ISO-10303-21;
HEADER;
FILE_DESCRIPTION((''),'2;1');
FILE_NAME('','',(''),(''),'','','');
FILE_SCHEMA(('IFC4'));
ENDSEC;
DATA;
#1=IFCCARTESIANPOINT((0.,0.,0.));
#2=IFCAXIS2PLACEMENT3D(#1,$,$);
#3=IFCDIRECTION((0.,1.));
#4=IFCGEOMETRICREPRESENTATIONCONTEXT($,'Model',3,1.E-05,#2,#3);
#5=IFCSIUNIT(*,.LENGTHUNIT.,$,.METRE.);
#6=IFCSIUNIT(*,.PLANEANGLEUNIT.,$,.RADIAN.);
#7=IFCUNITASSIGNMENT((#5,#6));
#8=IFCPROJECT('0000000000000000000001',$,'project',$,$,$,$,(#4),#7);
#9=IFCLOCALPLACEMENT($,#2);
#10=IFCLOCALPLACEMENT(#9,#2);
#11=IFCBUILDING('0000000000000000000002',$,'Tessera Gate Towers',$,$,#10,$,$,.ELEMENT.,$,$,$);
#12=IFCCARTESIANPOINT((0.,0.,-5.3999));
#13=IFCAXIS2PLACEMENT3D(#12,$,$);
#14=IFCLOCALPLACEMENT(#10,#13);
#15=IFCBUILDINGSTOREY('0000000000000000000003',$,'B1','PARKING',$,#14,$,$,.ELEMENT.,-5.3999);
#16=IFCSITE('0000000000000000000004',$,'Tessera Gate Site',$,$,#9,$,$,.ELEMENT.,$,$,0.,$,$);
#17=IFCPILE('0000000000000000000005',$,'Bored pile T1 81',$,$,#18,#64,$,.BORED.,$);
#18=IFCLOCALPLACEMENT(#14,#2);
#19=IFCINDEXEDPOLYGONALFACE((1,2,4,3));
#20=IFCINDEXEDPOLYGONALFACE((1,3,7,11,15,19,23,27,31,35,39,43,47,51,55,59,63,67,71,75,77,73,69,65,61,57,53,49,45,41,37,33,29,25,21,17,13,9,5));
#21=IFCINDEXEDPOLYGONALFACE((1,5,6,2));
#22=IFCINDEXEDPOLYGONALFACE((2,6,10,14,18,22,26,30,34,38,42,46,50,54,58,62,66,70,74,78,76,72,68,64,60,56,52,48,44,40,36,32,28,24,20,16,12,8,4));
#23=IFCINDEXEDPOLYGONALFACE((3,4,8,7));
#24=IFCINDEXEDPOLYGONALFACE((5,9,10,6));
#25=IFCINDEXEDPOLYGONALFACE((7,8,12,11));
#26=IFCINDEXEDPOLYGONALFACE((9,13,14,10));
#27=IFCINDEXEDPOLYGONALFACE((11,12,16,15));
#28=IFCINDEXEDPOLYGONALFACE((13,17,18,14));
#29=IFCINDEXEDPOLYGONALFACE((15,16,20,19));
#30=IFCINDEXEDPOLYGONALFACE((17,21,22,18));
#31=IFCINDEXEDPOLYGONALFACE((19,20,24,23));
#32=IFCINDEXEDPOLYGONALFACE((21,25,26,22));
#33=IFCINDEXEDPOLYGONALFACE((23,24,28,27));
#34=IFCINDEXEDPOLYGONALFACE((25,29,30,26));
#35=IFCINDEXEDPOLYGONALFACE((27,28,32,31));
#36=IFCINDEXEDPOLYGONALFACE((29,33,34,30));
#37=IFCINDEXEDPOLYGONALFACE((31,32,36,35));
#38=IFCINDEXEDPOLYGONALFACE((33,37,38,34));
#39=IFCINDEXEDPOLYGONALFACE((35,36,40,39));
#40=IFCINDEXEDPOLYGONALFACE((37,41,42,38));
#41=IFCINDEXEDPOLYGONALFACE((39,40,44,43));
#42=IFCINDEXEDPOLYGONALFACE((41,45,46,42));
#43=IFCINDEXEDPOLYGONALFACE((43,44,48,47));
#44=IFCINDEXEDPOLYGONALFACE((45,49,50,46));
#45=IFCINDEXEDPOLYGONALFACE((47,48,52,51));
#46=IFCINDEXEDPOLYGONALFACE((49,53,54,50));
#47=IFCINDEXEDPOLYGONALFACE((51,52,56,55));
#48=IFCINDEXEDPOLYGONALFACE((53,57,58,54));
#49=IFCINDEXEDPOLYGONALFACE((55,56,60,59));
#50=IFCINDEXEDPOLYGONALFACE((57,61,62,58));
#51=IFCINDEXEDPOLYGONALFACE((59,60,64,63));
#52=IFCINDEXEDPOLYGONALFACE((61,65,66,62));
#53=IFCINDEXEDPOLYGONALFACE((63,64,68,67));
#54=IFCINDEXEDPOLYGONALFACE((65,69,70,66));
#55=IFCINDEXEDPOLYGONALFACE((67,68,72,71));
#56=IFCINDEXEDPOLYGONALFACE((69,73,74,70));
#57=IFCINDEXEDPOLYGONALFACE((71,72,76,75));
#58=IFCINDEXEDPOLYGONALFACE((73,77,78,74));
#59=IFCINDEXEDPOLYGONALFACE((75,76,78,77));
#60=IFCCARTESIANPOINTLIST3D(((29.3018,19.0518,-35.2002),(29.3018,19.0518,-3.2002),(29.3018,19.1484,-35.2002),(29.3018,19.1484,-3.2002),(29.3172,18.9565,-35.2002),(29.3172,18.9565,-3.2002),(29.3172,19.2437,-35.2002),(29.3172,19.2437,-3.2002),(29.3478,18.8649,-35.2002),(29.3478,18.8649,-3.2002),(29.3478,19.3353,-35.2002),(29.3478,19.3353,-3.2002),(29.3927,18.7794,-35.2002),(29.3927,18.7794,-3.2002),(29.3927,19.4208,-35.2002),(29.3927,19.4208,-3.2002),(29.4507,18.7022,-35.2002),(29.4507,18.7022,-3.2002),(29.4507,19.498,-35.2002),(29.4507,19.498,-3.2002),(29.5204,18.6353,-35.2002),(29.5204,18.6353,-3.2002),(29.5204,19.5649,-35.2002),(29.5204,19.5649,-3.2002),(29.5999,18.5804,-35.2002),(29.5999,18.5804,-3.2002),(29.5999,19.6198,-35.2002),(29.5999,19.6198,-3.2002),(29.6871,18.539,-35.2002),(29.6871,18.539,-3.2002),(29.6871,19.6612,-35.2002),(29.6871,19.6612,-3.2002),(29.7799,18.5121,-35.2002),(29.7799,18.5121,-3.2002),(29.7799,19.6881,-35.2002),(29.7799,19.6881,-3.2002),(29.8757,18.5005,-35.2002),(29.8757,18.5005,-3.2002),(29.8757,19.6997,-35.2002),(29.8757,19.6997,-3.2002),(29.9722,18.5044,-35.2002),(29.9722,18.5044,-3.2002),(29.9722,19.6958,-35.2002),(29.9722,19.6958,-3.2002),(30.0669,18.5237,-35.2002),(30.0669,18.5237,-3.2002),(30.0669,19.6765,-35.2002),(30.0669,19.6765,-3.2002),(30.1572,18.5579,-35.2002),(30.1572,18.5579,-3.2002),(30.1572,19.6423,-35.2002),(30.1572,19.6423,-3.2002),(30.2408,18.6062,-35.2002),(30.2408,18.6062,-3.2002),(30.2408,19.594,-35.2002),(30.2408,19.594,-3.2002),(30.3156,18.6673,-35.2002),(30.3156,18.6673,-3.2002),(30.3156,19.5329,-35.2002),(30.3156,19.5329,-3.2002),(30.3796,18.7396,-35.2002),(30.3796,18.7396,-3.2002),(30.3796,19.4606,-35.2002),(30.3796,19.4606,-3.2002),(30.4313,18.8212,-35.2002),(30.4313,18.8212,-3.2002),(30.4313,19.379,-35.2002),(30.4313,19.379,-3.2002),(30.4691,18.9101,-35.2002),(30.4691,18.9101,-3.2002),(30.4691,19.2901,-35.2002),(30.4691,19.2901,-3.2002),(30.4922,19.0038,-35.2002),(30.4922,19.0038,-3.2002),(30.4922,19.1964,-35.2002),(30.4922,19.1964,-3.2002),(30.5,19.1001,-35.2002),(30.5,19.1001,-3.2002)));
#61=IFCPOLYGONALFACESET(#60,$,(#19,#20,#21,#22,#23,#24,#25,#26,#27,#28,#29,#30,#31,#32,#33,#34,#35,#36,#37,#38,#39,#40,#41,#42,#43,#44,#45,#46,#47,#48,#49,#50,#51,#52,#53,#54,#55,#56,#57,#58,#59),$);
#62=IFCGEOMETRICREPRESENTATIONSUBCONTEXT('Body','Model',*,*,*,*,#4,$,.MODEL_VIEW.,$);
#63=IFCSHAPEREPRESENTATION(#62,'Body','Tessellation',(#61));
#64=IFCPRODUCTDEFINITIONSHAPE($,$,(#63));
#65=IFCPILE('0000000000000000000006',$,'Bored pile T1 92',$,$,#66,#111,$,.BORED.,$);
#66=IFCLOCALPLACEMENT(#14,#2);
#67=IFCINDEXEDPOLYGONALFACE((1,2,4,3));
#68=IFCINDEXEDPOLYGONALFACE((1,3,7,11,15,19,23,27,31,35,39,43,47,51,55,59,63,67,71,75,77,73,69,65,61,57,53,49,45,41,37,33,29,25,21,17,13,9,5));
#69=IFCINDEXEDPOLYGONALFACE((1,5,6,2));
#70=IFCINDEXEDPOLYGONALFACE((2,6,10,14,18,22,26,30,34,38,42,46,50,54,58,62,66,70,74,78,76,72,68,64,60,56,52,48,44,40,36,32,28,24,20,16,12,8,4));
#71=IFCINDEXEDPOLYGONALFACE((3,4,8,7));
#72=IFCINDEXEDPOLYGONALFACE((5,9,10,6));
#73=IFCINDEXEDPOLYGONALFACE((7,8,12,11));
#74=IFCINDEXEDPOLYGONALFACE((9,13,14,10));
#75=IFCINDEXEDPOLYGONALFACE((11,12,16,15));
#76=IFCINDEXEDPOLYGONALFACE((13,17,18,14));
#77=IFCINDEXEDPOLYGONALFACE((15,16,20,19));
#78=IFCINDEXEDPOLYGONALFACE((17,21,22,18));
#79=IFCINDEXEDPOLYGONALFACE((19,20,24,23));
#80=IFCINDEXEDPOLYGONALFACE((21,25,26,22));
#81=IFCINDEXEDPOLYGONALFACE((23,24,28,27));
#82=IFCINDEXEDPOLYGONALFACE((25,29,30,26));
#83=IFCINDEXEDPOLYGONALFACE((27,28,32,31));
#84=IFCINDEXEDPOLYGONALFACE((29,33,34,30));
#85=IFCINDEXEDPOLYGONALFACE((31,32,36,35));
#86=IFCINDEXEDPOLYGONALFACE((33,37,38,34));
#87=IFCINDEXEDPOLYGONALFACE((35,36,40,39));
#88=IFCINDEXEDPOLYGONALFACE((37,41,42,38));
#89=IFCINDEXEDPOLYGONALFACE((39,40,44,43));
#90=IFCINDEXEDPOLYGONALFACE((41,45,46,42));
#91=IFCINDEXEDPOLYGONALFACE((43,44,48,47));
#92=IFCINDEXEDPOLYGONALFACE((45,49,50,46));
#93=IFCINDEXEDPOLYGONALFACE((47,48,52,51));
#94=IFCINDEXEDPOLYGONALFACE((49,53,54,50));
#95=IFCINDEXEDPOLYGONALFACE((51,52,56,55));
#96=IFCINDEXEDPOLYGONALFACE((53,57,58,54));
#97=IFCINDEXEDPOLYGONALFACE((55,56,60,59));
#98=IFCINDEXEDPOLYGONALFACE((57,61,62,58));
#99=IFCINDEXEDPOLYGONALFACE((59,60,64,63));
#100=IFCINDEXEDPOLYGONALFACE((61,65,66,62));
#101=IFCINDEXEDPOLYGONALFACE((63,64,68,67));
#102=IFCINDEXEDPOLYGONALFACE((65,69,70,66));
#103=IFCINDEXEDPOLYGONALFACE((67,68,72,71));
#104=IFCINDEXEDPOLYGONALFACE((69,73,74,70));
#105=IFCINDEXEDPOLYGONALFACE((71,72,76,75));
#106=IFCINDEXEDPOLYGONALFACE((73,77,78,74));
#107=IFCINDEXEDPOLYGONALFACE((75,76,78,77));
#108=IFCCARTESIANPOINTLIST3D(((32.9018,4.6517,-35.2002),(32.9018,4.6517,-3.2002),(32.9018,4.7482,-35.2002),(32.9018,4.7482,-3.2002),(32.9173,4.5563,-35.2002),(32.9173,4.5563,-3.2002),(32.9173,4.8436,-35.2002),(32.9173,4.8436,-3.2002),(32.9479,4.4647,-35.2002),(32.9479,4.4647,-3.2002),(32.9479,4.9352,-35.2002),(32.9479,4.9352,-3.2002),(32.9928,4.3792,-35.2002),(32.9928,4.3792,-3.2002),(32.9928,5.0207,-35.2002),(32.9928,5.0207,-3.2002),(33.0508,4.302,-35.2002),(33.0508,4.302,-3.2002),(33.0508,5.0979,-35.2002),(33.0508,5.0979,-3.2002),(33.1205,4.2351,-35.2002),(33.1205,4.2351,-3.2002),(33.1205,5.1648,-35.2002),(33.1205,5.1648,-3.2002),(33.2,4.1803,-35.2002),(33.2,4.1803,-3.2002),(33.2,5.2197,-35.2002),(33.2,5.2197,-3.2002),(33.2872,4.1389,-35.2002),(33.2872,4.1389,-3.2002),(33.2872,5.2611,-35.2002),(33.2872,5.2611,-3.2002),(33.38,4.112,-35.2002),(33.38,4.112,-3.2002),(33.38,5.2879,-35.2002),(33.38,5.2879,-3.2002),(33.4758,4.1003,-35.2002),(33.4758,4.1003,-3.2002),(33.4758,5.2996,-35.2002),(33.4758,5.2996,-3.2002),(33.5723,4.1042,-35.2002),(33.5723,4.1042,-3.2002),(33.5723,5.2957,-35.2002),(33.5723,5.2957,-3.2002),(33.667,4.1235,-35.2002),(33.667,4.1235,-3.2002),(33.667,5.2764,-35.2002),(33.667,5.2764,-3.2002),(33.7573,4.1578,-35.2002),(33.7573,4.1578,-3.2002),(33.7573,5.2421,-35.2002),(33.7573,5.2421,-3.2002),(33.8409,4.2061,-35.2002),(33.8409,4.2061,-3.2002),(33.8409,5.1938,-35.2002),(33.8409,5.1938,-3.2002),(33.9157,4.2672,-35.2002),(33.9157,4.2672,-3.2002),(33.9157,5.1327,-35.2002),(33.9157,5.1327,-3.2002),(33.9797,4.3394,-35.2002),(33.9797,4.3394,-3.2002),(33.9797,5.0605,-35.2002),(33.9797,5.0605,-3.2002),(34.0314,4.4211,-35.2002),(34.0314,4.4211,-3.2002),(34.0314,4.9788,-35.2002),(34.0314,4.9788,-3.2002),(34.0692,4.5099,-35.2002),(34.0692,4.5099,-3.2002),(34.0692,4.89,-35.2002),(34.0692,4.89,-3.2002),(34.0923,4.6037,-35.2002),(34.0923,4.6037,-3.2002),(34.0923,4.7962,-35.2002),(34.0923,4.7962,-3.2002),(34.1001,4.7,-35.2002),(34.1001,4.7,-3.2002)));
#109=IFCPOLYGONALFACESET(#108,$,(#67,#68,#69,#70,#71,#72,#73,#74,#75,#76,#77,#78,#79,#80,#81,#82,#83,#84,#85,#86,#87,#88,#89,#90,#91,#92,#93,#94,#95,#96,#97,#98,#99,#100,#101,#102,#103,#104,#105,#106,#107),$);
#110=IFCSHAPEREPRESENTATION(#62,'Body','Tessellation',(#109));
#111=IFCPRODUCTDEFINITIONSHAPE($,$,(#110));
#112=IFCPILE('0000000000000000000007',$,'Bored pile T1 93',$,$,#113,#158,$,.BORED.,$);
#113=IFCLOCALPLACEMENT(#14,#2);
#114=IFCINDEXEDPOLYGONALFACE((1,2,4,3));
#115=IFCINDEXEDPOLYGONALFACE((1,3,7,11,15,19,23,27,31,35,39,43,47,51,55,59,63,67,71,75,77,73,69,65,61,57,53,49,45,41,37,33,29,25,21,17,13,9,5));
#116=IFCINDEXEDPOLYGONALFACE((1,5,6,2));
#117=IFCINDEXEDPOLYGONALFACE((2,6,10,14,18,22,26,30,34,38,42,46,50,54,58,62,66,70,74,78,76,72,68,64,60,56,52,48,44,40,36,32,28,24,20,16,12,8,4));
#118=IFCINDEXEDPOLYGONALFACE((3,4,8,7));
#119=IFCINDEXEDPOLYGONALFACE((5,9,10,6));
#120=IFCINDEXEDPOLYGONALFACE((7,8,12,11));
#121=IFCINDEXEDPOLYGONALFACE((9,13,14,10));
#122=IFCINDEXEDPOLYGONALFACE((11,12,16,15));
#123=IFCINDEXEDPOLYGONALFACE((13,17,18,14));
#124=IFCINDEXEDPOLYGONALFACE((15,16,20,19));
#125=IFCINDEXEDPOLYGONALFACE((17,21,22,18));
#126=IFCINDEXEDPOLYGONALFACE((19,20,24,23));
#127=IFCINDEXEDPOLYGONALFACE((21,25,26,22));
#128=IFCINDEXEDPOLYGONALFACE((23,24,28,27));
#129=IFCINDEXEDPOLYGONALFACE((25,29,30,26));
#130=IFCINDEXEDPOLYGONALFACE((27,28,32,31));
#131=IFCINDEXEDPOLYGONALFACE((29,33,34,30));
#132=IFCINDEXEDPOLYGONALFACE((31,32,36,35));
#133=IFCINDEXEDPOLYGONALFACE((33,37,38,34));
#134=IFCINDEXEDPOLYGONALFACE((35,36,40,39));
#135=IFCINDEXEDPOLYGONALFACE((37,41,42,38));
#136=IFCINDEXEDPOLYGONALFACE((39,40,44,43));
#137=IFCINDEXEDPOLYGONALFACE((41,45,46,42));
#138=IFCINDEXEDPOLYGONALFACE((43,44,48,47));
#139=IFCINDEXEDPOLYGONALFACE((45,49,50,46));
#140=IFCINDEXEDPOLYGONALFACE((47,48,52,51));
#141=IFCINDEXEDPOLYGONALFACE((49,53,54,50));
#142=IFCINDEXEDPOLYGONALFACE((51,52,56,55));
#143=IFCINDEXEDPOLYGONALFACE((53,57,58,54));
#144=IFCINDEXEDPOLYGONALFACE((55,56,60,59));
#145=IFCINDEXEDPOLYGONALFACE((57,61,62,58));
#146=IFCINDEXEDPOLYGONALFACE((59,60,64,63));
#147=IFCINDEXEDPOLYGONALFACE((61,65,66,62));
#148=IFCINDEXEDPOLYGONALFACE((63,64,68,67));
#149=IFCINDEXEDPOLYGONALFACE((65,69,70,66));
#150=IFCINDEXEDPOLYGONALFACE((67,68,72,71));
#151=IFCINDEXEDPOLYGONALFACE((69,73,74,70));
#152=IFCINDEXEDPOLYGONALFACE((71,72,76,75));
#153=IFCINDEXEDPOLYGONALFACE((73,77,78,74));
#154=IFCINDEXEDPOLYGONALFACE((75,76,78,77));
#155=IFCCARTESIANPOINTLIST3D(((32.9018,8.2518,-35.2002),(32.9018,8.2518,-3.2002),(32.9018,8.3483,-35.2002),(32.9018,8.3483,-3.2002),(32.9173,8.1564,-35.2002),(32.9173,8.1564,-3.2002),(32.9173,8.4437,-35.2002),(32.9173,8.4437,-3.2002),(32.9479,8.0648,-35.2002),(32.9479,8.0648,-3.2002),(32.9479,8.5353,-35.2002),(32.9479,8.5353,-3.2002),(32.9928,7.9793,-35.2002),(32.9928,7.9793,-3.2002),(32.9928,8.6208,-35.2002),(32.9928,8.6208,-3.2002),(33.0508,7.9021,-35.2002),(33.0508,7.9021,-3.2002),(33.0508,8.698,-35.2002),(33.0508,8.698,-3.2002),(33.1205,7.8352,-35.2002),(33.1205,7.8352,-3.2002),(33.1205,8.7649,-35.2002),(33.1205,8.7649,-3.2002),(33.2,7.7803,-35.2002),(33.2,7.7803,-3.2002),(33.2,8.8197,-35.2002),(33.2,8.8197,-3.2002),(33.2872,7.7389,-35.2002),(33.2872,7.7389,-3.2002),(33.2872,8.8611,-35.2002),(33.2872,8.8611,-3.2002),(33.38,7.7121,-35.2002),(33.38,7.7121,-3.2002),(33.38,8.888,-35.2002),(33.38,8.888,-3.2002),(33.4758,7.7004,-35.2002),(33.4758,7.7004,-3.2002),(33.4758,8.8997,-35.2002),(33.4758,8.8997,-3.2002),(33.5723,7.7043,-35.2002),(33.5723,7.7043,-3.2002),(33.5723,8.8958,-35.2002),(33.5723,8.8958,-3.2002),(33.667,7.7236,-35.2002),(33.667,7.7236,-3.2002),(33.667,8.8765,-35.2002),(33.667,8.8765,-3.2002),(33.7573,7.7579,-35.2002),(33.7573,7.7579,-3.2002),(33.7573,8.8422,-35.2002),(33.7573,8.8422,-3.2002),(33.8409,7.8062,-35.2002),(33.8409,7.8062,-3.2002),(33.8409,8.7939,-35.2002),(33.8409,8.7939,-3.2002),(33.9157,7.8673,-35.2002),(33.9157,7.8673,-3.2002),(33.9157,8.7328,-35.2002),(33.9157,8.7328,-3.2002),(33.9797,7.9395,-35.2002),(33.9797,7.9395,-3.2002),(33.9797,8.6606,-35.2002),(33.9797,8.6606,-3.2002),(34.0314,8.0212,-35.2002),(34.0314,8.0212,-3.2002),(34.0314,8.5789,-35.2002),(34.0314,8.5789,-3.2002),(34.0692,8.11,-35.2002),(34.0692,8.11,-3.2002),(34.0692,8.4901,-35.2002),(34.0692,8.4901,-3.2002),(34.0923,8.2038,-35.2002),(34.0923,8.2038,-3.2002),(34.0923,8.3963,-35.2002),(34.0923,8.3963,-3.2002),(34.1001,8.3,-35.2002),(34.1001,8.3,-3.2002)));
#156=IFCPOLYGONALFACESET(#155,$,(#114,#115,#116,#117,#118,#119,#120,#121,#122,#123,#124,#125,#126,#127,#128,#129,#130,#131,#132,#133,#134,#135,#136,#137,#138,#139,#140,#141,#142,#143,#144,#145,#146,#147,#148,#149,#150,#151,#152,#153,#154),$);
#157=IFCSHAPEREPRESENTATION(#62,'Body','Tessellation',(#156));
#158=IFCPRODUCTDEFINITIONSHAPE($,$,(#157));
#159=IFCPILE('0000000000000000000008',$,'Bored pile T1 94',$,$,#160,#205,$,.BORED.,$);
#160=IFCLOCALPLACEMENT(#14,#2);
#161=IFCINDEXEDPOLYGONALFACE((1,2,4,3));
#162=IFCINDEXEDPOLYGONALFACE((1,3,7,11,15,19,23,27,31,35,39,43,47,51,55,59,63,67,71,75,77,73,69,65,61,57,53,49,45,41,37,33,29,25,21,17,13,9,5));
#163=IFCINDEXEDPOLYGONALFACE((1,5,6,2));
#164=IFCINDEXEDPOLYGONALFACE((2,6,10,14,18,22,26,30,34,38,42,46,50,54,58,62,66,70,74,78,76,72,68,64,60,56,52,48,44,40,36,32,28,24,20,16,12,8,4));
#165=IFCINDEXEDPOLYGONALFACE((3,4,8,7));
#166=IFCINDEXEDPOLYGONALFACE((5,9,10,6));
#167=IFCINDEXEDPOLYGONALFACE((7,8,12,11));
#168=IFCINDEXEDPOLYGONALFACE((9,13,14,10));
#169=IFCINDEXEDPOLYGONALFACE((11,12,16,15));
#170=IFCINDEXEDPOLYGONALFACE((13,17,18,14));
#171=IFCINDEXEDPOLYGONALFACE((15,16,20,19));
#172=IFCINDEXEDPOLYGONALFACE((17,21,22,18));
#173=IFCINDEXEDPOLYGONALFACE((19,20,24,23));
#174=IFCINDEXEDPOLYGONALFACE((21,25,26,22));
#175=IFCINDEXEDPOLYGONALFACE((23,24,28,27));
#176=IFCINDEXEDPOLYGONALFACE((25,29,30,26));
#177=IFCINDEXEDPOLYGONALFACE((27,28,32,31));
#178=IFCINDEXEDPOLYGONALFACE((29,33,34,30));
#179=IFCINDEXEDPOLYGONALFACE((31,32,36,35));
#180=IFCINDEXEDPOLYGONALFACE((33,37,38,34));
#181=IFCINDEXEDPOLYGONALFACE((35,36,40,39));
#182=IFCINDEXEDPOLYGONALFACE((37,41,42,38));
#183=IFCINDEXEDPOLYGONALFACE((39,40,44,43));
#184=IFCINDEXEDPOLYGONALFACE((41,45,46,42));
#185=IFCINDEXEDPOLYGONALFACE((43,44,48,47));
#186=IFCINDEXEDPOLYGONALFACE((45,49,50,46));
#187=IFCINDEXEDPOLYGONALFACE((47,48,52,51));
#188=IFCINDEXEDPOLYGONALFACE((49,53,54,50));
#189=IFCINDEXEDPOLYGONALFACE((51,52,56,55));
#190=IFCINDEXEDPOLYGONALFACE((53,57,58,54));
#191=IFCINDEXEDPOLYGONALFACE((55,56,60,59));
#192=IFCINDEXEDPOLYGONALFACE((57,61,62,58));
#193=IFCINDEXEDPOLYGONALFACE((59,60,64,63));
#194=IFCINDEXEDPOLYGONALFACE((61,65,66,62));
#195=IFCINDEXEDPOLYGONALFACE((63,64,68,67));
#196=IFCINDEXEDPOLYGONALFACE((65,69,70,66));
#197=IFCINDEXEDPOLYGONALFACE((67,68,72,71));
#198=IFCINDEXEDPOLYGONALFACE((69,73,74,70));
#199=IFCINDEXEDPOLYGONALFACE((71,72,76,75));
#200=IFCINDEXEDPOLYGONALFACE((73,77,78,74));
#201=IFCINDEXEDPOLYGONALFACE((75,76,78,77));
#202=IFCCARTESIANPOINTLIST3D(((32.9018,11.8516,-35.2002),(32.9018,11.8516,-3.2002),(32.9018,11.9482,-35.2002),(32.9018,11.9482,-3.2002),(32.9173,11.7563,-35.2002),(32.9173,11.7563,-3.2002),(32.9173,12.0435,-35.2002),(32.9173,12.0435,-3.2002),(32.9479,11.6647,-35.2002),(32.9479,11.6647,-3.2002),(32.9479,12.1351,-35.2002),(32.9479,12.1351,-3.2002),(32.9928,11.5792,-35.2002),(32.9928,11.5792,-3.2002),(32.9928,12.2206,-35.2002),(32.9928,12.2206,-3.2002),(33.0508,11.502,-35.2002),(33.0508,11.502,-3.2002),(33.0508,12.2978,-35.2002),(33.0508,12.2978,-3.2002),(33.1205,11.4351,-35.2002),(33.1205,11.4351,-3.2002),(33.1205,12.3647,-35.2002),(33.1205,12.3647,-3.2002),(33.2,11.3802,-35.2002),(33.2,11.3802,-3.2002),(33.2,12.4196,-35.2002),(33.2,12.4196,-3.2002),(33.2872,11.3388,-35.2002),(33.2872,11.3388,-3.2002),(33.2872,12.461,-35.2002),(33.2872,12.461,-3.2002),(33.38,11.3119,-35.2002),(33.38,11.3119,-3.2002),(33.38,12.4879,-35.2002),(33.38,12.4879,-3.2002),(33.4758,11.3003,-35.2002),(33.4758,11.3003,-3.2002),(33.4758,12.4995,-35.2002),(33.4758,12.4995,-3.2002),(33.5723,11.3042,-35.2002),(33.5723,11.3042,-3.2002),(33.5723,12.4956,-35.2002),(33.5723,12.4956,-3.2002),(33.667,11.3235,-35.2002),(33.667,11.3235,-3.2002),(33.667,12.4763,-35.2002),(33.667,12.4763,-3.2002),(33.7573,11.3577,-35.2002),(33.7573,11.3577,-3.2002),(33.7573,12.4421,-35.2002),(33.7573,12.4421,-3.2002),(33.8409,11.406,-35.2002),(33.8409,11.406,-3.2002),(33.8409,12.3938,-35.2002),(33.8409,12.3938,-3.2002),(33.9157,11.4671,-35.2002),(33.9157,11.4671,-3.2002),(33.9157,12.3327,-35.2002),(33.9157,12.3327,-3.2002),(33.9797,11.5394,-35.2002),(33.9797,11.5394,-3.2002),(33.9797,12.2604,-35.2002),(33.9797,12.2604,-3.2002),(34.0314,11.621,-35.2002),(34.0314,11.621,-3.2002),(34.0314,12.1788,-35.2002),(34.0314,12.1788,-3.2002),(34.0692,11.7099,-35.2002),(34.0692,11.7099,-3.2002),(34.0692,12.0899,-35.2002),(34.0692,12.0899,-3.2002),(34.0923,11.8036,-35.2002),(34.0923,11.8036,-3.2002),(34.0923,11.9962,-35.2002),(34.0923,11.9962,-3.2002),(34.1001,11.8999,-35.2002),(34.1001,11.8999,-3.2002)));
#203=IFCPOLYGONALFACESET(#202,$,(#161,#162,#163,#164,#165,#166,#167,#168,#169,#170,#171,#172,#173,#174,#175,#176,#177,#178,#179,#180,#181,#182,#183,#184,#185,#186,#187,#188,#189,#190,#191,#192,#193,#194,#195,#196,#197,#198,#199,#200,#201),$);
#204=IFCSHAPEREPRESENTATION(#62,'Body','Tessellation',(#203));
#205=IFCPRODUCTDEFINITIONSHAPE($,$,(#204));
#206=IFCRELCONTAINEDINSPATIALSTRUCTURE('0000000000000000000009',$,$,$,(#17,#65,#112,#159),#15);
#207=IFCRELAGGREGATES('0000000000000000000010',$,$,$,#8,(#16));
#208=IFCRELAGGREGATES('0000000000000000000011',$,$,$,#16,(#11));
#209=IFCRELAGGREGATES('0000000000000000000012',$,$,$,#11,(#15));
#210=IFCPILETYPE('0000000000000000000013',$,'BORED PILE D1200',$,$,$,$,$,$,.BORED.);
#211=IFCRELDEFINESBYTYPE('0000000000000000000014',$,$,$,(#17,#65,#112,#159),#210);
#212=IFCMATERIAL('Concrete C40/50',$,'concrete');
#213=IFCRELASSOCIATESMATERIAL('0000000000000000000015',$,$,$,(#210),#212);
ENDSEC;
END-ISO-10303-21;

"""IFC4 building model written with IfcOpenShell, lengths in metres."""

from ifc_helpers import new_model, si_unit, direction, frame, origin, origin_2d, place, context, subcontext, project, spatial, circle, extrude, material, material_profile, profile_set, type_object, element, save


model = new_model("IFC4")

# Units and contexts
model_context = context("Model", 3, precision=1e-05, world=origin(), true_north=direction((0.0, 1.0)))
body_context = subcontext(model_context, "Body", "Model", "MODEL_VIEW")
ifc_project = project(units=[si_unit("LENGTHUNIT", "METRE"), si_unit("PLANEANGLEUNIT", "RADIAN")], contexts=[model_context])

# Site, building, storey
site_placement = place(None, origin())
site = spatial("IfcSite", under=ifc_project, at=site_placement, Name="Tessera Gate Site", CompositionType="ELEMENT", RefElevation=0.0)
building_placement = place(site_placement, origin())
building = spatial("IfcBuilding", under=site, at=building_placement, Name="Tessera Gate Towers", CompositionType="ELEMENT")
storey_placement = place(building_placement, frame((0.0, 0.0, -5.3999)))
storey = spatial("IfcBuildingStorey", under=building, at=storey_placement, Name="B1", Description="PARKING", CompositionType="ELEMENT", Elevation=-5.3999)

# Piles
ifc_material_1 = material(Name="Concrete C40/50", Category="concrete")
ifc_material_profile_1 = material_profile(ifc_material_1, circle(Radius=0.6001, at=origin_2d()), Name="BORED PILE D1200")
ifc_profile_set_1 = profile_set([ifc_material_profile_1], Name="Concrete C40/50")
pile_type = type_object("IfcPileType", Name="BORED PILE D1200", PredefinedType="BORED", material=ifc_profile_set_1)
for number, where, z_axis, x_axis, name in (
    (1, (29.8999, 19.1001, -3.2002), (0.0, 0.0, -1.0), (1.0, 0.0, 0.0), "Bored pile T1 81"),
    (2, (33.5, 4.7, -3.2002), (0.0, 0.0, -1.0), (1.0, 0.0, 0.0), "Bored pile T1 92"),
    (3, (33.5, 8.3, -3.2002), (0.0, 0.0, -1.0), (1.0, 0.0, 0.0), "Bored pile T1 93"),
    (4, (33.5, 11.8999, -3.2002), (0.0, 0.0, -1.0), (1.0, 0.0, 0.0), "Bored pile T1 94"),
):
    element("IfcPile", number, at=place(storey_placement, frame(where, z_axis=z_axis, x_axis=x_axis)), inside=storey, type_object=pile_type, Name=name, PredefinedType="BORED", context=body_context, shape_type="SweptSolid", body=[
        extrude(circle(Radius=0.6001, at=origin_2d()), origin(), (0.0, 0.0, 1.0), 32.0),
    ])

save(model, "model.ifc")
